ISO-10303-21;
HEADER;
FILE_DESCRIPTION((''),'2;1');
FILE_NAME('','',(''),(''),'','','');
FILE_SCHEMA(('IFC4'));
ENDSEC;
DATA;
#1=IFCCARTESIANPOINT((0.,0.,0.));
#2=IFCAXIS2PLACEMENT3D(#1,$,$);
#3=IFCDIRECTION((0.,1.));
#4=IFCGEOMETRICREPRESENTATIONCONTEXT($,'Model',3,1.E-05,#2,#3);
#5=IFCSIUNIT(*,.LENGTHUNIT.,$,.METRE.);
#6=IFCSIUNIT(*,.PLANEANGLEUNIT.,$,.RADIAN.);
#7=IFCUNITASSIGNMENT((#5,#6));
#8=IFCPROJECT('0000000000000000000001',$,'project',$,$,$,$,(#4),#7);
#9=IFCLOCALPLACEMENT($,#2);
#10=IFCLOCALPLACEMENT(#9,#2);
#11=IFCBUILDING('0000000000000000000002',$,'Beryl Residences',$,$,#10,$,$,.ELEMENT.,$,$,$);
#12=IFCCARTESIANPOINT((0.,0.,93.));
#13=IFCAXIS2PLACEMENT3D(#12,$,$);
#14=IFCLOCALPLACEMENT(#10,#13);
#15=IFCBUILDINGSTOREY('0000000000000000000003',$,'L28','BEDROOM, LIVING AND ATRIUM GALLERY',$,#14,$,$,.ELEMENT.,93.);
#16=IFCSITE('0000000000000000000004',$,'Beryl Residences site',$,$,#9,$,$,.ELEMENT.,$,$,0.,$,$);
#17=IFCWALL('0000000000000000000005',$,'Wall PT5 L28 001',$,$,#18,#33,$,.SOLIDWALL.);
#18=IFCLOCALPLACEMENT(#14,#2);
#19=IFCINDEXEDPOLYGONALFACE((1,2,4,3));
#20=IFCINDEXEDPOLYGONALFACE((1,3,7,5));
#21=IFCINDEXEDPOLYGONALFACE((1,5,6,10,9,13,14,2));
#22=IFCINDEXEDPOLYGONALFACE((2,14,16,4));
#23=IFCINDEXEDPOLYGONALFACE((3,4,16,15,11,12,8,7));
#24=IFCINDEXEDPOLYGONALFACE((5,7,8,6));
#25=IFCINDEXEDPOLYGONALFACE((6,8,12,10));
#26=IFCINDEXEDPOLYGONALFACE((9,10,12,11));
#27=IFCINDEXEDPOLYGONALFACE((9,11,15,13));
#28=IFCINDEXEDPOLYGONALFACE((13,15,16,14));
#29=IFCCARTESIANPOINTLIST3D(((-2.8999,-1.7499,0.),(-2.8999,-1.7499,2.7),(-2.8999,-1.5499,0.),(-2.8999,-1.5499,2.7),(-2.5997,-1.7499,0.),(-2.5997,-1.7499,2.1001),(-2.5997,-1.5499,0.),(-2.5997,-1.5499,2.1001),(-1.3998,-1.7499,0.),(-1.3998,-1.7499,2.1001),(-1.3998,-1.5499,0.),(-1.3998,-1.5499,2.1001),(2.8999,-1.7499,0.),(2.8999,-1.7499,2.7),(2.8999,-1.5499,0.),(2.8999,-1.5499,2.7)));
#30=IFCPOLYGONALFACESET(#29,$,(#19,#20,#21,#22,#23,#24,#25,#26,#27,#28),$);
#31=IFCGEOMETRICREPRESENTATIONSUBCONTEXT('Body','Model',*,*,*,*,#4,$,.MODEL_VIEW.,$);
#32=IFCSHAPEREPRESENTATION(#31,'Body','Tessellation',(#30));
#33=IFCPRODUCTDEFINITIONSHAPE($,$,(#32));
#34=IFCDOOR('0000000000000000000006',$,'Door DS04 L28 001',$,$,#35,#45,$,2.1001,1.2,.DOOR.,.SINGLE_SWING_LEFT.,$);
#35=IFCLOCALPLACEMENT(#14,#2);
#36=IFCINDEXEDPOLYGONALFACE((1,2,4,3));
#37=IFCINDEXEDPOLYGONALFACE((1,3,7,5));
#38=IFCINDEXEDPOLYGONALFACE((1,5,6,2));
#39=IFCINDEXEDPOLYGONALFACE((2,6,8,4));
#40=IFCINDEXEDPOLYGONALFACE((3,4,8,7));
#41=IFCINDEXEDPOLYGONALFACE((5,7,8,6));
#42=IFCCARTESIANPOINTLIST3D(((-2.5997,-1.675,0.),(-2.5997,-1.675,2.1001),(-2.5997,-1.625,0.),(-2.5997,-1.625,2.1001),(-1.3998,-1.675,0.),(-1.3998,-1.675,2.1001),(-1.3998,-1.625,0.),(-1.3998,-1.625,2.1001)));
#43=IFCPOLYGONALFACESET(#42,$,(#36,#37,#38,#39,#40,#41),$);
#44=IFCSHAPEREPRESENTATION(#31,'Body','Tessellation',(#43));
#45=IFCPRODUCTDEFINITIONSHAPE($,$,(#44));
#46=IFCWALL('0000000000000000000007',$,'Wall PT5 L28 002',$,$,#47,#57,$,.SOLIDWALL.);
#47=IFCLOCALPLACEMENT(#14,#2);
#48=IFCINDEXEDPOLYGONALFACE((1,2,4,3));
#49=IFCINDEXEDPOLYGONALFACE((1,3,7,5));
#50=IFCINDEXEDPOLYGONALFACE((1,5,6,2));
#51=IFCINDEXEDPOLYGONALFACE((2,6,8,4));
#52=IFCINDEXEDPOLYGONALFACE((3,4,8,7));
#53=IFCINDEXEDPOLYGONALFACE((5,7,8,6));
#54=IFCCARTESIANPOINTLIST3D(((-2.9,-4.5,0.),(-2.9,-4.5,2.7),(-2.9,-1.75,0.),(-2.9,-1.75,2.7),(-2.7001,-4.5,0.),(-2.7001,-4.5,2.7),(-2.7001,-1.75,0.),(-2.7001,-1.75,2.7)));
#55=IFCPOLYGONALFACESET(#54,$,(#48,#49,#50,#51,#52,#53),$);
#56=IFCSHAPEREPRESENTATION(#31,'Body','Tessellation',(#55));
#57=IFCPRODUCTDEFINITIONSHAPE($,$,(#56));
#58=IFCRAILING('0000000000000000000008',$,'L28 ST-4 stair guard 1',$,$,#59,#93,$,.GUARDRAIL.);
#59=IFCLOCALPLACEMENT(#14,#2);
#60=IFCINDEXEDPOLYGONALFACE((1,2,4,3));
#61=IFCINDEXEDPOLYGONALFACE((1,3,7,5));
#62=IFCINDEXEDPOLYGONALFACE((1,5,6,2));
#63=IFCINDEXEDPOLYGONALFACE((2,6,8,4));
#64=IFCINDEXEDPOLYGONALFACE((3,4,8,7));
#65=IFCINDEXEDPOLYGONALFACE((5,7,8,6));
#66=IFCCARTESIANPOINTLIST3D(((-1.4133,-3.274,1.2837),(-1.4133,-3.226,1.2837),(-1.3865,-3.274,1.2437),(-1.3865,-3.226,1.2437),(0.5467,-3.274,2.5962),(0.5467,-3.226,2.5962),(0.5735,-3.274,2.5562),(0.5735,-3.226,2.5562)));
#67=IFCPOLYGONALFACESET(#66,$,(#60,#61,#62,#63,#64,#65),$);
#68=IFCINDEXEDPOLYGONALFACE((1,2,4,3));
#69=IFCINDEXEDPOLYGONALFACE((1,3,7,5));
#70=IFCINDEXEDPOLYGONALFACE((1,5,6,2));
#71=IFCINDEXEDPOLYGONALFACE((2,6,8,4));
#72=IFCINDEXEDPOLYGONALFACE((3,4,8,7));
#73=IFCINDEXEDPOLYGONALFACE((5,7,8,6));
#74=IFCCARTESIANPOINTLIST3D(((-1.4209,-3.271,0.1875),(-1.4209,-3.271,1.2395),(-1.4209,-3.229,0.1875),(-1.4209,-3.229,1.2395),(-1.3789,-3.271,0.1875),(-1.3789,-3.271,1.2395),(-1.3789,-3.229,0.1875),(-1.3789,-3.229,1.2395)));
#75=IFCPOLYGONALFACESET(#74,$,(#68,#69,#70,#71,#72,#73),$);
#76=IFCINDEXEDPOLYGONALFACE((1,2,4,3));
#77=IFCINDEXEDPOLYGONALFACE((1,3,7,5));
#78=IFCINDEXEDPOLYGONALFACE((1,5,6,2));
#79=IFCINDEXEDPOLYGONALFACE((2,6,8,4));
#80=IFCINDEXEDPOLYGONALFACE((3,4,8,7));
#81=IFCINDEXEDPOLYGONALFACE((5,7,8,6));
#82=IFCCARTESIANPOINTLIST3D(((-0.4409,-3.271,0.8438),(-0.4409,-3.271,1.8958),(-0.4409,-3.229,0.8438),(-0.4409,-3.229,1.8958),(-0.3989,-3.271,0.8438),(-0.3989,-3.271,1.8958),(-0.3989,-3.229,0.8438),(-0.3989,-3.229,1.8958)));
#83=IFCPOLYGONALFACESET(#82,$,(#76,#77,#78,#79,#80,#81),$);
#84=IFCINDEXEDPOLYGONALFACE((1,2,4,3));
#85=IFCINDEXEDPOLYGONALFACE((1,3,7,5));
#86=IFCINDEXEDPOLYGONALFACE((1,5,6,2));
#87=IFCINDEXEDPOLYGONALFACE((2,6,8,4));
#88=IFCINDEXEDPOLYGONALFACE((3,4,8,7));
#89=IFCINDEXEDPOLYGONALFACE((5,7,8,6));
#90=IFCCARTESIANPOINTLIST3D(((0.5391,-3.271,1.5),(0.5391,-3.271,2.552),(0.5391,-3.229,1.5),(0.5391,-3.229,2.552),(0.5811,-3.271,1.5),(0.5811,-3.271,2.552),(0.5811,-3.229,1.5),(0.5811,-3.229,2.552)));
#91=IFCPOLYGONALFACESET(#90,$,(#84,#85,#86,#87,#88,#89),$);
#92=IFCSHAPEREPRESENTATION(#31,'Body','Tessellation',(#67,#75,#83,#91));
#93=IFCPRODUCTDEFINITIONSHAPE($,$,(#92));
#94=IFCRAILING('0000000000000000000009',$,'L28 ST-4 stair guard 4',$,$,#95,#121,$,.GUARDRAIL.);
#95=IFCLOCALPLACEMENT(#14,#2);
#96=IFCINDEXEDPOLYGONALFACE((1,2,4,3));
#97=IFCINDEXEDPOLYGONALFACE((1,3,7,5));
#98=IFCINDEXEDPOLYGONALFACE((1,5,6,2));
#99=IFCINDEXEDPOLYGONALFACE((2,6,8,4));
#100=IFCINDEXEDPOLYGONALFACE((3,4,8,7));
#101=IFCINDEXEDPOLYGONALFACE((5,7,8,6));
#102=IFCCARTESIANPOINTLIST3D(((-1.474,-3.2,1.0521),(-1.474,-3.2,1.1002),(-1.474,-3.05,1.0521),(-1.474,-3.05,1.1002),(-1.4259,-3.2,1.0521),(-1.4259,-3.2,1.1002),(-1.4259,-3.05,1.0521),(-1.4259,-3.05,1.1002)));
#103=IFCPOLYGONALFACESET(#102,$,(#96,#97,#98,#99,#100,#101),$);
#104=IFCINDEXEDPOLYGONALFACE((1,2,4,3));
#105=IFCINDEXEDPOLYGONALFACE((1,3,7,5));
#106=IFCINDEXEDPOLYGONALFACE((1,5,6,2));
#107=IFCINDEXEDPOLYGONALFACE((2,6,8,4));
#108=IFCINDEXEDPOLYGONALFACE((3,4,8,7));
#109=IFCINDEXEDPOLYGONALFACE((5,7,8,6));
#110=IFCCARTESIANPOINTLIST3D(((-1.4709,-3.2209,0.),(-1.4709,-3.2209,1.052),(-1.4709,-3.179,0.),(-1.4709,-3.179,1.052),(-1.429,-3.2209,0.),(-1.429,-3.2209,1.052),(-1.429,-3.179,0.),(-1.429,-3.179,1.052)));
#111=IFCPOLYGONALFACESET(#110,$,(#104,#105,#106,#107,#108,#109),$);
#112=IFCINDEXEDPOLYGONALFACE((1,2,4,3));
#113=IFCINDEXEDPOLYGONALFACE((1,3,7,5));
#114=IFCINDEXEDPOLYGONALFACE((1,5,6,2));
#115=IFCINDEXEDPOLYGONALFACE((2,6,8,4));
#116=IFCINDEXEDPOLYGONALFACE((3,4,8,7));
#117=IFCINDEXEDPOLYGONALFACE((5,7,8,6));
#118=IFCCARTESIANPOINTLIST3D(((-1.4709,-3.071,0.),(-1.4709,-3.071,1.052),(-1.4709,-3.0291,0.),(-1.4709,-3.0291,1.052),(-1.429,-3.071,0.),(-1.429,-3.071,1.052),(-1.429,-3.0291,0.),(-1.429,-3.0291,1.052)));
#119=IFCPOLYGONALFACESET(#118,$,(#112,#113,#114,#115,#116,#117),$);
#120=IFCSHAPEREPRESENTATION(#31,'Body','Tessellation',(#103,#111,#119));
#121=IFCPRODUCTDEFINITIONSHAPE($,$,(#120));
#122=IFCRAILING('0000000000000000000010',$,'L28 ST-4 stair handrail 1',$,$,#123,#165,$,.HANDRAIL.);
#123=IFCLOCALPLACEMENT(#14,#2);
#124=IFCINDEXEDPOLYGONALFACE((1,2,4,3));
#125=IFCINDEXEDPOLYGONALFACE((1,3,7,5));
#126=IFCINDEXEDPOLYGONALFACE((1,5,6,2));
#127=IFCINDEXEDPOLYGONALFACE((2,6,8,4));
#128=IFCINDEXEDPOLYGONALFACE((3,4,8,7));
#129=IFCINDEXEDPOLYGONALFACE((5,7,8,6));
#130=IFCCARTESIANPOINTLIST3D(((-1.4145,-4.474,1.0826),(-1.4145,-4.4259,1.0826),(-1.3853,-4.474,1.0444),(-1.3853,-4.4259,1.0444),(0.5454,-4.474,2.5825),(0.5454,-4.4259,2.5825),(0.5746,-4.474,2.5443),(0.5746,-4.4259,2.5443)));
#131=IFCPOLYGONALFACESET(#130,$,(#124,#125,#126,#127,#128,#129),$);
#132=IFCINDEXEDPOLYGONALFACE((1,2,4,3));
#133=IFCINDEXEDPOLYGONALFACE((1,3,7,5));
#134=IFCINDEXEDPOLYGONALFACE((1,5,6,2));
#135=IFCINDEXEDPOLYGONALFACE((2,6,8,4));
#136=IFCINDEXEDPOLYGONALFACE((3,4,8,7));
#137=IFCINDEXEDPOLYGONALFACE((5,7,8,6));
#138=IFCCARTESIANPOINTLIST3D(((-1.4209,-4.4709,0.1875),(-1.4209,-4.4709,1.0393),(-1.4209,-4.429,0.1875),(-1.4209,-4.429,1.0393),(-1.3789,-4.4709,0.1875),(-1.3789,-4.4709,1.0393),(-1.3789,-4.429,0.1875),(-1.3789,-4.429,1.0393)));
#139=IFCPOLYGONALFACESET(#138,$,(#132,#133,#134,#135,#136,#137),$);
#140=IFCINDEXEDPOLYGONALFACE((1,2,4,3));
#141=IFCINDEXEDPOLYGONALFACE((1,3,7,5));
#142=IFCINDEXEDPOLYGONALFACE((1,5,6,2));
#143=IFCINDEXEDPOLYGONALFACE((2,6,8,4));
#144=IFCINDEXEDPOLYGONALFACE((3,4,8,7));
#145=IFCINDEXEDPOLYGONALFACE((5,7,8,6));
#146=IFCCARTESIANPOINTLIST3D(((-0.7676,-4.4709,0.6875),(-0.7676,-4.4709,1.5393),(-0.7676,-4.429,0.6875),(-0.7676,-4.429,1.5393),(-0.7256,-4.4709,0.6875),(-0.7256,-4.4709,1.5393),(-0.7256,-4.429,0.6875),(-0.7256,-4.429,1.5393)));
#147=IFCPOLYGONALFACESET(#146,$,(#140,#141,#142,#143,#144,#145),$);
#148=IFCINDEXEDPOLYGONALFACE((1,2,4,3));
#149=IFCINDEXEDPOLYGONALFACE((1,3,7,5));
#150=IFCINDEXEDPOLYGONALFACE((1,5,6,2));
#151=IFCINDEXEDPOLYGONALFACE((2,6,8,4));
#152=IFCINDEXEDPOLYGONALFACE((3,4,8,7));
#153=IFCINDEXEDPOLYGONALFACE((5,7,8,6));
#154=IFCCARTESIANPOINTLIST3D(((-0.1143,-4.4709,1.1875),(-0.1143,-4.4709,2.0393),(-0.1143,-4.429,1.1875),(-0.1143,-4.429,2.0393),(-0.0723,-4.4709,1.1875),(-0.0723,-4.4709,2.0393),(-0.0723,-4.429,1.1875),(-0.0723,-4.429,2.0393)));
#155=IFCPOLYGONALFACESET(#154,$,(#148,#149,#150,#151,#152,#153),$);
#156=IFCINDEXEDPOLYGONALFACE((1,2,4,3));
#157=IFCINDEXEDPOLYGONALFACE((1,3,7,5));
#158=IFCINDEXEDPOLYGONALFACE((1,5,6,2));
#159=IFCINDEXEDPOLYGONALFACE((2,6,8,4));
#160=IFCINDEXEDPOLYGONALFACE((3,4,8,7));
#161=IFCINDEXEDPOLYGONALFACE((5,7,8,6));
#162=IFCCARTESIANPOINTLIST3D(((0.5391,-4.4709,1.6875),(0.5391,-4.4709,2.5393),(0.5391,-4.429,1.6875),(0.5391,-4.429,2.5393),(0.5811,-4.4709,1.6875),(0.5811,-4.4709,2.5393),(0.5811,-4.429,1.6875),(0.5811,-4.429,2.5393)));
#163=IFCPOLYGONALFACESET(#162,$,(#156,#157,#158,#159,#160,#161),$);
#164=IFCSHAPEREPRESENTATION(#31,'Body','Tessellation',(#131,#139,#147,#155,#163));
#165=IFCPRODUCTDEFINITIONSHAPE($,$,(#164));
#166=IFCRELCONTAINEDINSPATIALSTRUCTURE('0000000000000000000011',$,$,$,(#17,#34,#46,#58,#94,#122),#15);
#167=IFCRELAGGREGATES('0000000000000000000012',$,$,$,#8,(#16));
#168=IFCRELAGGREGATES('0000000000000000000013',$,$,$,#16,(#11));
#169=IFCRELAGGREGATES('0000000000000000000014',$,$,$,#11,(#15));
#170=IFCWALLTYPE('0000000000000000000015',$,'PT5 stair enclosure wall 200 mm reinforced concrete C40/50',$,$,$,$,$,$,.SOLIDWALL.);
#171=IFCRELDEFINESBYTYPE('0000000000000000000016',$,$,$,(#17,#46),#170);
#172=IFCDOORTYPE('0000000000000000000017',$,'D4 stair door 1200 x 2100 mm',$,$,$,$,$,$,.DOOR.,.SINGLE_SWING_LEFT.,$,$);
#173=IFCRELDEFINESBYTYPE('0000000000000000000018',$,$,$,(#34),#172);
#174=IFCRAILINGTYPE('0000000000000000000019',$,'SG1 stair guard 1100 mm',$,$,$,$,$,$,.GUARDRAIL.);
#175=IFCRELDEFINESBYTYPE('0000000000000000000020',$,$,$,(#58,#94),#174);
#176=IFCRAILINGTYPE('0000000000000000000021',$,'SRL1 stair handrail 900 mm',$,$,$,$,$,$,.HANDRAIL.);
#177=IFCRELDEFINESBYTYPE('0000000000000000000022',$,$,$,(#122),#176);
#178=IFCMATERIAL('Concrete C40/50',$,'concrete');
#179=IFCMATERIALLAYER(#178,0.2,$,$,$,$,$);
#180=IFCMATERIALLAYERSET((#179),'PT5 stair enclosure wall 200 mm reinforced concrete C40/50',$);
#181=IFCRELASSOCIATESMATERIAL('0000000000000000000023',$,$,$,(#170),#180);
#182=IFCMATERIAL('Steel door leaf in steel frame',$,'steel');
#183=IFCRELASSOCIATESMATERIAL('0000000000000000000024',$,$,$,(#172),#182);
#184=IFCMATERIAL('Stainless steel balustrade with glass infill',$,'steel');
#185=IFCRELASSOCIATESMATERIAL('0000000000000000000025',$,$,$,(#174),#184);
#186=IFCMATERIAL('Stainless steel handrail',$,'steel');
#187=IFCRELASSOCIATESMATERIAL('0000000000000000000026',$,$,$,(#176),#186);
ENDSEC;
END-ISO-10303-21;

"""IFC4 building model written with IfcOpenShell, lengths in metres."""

from ifc_helpers import new_model, si_unit, direction, frame, frame_2d, origin, origin_2d, place, context, subcontext, project, spatial, rectangle, extrude, material, layer, layer_set, type_object, element, fill, save


model = new_model("IFC4")

# Units and contexts
model_context = context("Model", 3, precision=1e-05, world=origin(), true_north=direction((0.0, 1.0)))
body_context = subcontext(model_context, "Body", "Model", "MODEL_VIEW")
ifc_project = project(units=[si_unit("LENGTHUNIT", "METRE"), si_unit("PLANEANGLEUNIT", "RADIAN")], contexts=[model_context])

# Site, building, storey
site_placement = place(None, origin())
site = spatial("IfcSite", under=ifc_project, at=site_placement, Name="Beryl Residences site", CompositionType="ELEMENT", RefElevation=0.0)
building_placement = place(site_placement, origin())
building = spatial("IfcBuilding", under=site, at=building_placement, Name="Beryl Residences", CompositionType="ELEMENT")
storey_placement = place(building_placement, frame((0.0, 0.0, 93.0)))
storey = spatial("IfcBuildingStorey", under=building, at=storey_placement, Name="L28", Description="BEDROOM, LIVING AND ATRIUM GALLERY", CompositionType="ELEMENT", Elevation=93.0)

# Wall, opening, door
ifc_material_1 = material(Name="Concrete C40/50", Category="concrete")
ifc_layer_1 = layer(ifc_material_1, 0.2)
ifc_layer_set_1 = layer_set([ifc_layer_1], Name="PT5 stair enclosure wall 200 mm reinforced concrete C40/50")
wall_type_1 = type_object("IfcWallType", Name="PT5 stair enclosure wall 200 mm reinforced concrete C40/50", PredefinedType="SOLIDWALL", material=ifc_layer_set_1)
wall_1_placement = place(storey_placement, frame((-2.8999, -1.6499, 0.0), z_axis=(0.0, 0.0, 1.0), x_axis=(1.0, 0.0, 0.0)))
wall_1 = element("IfcWall", 1, at=wall_1_placement, inside=storey, type_object=wall_type_1, Name="Wall PT5 L28 001", PredefinedType="SOLIDWALL", context=body_context, shape_type="SweptSolid", body=[
    extrude(rectangle(XDim=5.7998, YDim=0.2, at=frame_2d((2.8999, 0.0))), origin(), (0.0, 0.0, 1.0), 2.7),
])
opening_1_placement = place(wall_1_placement, frame((0.3, 0.0, 0.0)))
opening_1 = element("IfcOpeningElement", 2, at=opening_1_placement, cuts=wall_1, PredefinedType="OPENING", context=body_context, shape_type="SweptSolid", body=[
    extrude(rectangle(XDim=1.2, YDim=2.1001, at=frame_2d((0.6001, 1.05))), frame((0.0, 0.1099, 0.0), z_axis=(0.0, -1.0, 0.0), x_axis=(1.0, 0.0, 0.0)), (0.0, 0.0, 1.0), 0.22),
])
ifc_material_2 = material(Name="Steel door leaf in steel frame", Category="steel")
door_type_1 = type_object("IfcDoorType", Name="D4 stair door 1200 x 2100 mm", OperationType="SINGLE_SWING_LEFT", PredefinedType="DOOR", material=ifc_material_2)
door_1_placement = place(opening_1_placement, origin())
door_1 = element("IfcDoor", 3, at=door_1_placement, inside=storey, type_object=door_type_1, Name="Door DS04 L28 001", OperationType="SINGLE_SWING_LEFT", OverallHeight=2.1001, OverallWidth=1.2, PredefinedType="DOOR", context=body_context, shape_type="SweptSolid", body=[
    extrude(rectangle(XDim=1.2, YDim=2.1001, at=frame_2d((0.6001, 1.05))), frame((0.0, 0.0249, 0.0), z_axis=(0.0, -1.0, 0.0), x_axis=(1.0, 0.0, 0.0)), (0.0, 0.0, 1.0), 0.05),
])
fill(opening_1, door_1)

# Wall
wall_2_placement = place(storey_placement, frame((-2.8, -4.5, 0.0), z_axis=(0.0, 0.0, 1.0), x_axis=(0.0, 1.0, 0.0)))
element("IfcWall", 4, at=wall_2_placement, inside=storey, type_object=wall_type_1, Name="Wall PT5 L28 002", PredefinedType="SOLIDWALL", context=body_context, shape_type="SweptSolid", body=[
    extrude(rectangle(XDim=2.75, YDim=0.2, at=frame_2d((1.375, 0.0))), origin(), (0.0, 0.0, 1.0), 2.7),
])

# Railings
ifc_material_3 = material(Name="Stainless steel balustrade with glass infill", Category="steel")
railing_type_1 = type_object("IfcRailingType", Name="SG1 stair guard 1100 mm", PredefinedType="GUARDRAIL", material=ifc_material_3)
railing_1_placement = place(storey_placement, frame((-1.3999, -3.25, 0.1875)))
element("IfcRailing", 5, at=railing_1_placement, inside=storey, type_object=railing_type_1, Name="L28 ST-4 stair guard 1", PredefinedType="GUARDRAIL", context=body_context, shape_type="SweptSolid", body=[
    extrude(rectangle(XDim=0.0481, YDim=0.0481, at=origin_2d()), frame((0.0, 0.0, 1.0762), z_axis=(0.830902, 0.0, 0.556419), x_axis=(0.0, 1.0, 0.0)), (0.0, 0.0, 1.0), 2.3589),
    extrude(rectangle(XDim=0.042, YDim=0.042, at=origin_2d()), origin(), (0.0, 0.0, 1.0), 1.052),
    extrude(rectangle(XDim=0.042, YDim=0.042, at=origin_2d()), frame((0.98, 0.0, 0.6562)), (0.0, 0.0, 1.0), 1.052),
    extrude(rectangle(XDim=0.042, YDim=0.042, at=origin_2d()), frame((1.96, 0.0, 1.3125)), (0.0, 0.0, 1.0), 1.052),
])
railing_2_placement = place(storey_placement, frame((-1.45, -3.2, 0.0)))
element("IfcRailing", 6, at=railing_2_placement, inside=storey, type_object=railing_type_1, Name="L28 ST-4 stair guard 4", PredefinedType="GUARDRAIL", context=body_context, shape_type="SweptSolid", body=[
    extrude(rectangle(XDim=0.0481, YDim=0.0481, at=origin_2d()), frame((0.0, 0.0, 1.0762), z_axis=(0.0, 1.0, 0.0), x_axis=(-1.0, 0.0, 0.0)), (0.0, 0.0, 1.0), 0.1499),
    extrude(rectangle(XDim=0.042, YDim=0.042, at=origin_2d()), origin(), (0.0, 0.0, 1.0), 1.052),
    extrude(rectangle(XDim=0.042, YDim=0.042, at=origin_2d()), frame((0.0, 0.1499, 0.0)), (0.0, 0.0, 1.0), 1.052),
])
ifc_material_4 = material(Name="Stainless steel handrail", Category="steel")
railing_type_2 = type_object("IfcRailingType", Name="SRL1 stair handrail 900 mm", PredefinedType="HANDRAIL", material=ifc_material_4)
railing_3_placement = place(storey_placement, frame((-1.3999, -4.45, 0.1875)))
element("IfcRailing", 7, at=railing_3_placement, inside=storey, type_object=railing_type_2, Name="L28 ST-4 stair handrail 1", PredefinedType="HANDRAIL", context=body_context, shape_type="SweptSolid", body=[
    extrude(rectangle(XDim=0.0481, YDim=0.0481, at=origin_2d()), frame((0.0, 0.0, 0.876), z_axis=(0.794122, 0.0, 0.607758), x_axis=(0.0, 1.0, 0.0)), (0.0, 0.0, 1.0), 2.468),
    extrude(rectangle(XDim=0.042, YDim=0.042, at=origin_2d()), origin(), (0.0, 0.0, 1.0), 0.8518),
    extrude(rectangle(XDim=0.042, YDim=0.042, at=origin_2d()), frame((0.6533, 0.0, 0.5)), (0.0, 0.0, 1.0), 0.8518),
    extrude(rectangle(XDim=0.042, YDim=0.042, at=origin_2d()), frame((1.3066, 0.0, 1.0)), (0.0, 0.0, 1.0), 0.8518),
    extrude(rectangle(XDim=0.042, YDim=0.042, at=origin_2d()), frame((1.96, 0.0, 1.5)), (0.0, 0.0, 1.0), 0.8518),
])

save(model, "model.ifc")
